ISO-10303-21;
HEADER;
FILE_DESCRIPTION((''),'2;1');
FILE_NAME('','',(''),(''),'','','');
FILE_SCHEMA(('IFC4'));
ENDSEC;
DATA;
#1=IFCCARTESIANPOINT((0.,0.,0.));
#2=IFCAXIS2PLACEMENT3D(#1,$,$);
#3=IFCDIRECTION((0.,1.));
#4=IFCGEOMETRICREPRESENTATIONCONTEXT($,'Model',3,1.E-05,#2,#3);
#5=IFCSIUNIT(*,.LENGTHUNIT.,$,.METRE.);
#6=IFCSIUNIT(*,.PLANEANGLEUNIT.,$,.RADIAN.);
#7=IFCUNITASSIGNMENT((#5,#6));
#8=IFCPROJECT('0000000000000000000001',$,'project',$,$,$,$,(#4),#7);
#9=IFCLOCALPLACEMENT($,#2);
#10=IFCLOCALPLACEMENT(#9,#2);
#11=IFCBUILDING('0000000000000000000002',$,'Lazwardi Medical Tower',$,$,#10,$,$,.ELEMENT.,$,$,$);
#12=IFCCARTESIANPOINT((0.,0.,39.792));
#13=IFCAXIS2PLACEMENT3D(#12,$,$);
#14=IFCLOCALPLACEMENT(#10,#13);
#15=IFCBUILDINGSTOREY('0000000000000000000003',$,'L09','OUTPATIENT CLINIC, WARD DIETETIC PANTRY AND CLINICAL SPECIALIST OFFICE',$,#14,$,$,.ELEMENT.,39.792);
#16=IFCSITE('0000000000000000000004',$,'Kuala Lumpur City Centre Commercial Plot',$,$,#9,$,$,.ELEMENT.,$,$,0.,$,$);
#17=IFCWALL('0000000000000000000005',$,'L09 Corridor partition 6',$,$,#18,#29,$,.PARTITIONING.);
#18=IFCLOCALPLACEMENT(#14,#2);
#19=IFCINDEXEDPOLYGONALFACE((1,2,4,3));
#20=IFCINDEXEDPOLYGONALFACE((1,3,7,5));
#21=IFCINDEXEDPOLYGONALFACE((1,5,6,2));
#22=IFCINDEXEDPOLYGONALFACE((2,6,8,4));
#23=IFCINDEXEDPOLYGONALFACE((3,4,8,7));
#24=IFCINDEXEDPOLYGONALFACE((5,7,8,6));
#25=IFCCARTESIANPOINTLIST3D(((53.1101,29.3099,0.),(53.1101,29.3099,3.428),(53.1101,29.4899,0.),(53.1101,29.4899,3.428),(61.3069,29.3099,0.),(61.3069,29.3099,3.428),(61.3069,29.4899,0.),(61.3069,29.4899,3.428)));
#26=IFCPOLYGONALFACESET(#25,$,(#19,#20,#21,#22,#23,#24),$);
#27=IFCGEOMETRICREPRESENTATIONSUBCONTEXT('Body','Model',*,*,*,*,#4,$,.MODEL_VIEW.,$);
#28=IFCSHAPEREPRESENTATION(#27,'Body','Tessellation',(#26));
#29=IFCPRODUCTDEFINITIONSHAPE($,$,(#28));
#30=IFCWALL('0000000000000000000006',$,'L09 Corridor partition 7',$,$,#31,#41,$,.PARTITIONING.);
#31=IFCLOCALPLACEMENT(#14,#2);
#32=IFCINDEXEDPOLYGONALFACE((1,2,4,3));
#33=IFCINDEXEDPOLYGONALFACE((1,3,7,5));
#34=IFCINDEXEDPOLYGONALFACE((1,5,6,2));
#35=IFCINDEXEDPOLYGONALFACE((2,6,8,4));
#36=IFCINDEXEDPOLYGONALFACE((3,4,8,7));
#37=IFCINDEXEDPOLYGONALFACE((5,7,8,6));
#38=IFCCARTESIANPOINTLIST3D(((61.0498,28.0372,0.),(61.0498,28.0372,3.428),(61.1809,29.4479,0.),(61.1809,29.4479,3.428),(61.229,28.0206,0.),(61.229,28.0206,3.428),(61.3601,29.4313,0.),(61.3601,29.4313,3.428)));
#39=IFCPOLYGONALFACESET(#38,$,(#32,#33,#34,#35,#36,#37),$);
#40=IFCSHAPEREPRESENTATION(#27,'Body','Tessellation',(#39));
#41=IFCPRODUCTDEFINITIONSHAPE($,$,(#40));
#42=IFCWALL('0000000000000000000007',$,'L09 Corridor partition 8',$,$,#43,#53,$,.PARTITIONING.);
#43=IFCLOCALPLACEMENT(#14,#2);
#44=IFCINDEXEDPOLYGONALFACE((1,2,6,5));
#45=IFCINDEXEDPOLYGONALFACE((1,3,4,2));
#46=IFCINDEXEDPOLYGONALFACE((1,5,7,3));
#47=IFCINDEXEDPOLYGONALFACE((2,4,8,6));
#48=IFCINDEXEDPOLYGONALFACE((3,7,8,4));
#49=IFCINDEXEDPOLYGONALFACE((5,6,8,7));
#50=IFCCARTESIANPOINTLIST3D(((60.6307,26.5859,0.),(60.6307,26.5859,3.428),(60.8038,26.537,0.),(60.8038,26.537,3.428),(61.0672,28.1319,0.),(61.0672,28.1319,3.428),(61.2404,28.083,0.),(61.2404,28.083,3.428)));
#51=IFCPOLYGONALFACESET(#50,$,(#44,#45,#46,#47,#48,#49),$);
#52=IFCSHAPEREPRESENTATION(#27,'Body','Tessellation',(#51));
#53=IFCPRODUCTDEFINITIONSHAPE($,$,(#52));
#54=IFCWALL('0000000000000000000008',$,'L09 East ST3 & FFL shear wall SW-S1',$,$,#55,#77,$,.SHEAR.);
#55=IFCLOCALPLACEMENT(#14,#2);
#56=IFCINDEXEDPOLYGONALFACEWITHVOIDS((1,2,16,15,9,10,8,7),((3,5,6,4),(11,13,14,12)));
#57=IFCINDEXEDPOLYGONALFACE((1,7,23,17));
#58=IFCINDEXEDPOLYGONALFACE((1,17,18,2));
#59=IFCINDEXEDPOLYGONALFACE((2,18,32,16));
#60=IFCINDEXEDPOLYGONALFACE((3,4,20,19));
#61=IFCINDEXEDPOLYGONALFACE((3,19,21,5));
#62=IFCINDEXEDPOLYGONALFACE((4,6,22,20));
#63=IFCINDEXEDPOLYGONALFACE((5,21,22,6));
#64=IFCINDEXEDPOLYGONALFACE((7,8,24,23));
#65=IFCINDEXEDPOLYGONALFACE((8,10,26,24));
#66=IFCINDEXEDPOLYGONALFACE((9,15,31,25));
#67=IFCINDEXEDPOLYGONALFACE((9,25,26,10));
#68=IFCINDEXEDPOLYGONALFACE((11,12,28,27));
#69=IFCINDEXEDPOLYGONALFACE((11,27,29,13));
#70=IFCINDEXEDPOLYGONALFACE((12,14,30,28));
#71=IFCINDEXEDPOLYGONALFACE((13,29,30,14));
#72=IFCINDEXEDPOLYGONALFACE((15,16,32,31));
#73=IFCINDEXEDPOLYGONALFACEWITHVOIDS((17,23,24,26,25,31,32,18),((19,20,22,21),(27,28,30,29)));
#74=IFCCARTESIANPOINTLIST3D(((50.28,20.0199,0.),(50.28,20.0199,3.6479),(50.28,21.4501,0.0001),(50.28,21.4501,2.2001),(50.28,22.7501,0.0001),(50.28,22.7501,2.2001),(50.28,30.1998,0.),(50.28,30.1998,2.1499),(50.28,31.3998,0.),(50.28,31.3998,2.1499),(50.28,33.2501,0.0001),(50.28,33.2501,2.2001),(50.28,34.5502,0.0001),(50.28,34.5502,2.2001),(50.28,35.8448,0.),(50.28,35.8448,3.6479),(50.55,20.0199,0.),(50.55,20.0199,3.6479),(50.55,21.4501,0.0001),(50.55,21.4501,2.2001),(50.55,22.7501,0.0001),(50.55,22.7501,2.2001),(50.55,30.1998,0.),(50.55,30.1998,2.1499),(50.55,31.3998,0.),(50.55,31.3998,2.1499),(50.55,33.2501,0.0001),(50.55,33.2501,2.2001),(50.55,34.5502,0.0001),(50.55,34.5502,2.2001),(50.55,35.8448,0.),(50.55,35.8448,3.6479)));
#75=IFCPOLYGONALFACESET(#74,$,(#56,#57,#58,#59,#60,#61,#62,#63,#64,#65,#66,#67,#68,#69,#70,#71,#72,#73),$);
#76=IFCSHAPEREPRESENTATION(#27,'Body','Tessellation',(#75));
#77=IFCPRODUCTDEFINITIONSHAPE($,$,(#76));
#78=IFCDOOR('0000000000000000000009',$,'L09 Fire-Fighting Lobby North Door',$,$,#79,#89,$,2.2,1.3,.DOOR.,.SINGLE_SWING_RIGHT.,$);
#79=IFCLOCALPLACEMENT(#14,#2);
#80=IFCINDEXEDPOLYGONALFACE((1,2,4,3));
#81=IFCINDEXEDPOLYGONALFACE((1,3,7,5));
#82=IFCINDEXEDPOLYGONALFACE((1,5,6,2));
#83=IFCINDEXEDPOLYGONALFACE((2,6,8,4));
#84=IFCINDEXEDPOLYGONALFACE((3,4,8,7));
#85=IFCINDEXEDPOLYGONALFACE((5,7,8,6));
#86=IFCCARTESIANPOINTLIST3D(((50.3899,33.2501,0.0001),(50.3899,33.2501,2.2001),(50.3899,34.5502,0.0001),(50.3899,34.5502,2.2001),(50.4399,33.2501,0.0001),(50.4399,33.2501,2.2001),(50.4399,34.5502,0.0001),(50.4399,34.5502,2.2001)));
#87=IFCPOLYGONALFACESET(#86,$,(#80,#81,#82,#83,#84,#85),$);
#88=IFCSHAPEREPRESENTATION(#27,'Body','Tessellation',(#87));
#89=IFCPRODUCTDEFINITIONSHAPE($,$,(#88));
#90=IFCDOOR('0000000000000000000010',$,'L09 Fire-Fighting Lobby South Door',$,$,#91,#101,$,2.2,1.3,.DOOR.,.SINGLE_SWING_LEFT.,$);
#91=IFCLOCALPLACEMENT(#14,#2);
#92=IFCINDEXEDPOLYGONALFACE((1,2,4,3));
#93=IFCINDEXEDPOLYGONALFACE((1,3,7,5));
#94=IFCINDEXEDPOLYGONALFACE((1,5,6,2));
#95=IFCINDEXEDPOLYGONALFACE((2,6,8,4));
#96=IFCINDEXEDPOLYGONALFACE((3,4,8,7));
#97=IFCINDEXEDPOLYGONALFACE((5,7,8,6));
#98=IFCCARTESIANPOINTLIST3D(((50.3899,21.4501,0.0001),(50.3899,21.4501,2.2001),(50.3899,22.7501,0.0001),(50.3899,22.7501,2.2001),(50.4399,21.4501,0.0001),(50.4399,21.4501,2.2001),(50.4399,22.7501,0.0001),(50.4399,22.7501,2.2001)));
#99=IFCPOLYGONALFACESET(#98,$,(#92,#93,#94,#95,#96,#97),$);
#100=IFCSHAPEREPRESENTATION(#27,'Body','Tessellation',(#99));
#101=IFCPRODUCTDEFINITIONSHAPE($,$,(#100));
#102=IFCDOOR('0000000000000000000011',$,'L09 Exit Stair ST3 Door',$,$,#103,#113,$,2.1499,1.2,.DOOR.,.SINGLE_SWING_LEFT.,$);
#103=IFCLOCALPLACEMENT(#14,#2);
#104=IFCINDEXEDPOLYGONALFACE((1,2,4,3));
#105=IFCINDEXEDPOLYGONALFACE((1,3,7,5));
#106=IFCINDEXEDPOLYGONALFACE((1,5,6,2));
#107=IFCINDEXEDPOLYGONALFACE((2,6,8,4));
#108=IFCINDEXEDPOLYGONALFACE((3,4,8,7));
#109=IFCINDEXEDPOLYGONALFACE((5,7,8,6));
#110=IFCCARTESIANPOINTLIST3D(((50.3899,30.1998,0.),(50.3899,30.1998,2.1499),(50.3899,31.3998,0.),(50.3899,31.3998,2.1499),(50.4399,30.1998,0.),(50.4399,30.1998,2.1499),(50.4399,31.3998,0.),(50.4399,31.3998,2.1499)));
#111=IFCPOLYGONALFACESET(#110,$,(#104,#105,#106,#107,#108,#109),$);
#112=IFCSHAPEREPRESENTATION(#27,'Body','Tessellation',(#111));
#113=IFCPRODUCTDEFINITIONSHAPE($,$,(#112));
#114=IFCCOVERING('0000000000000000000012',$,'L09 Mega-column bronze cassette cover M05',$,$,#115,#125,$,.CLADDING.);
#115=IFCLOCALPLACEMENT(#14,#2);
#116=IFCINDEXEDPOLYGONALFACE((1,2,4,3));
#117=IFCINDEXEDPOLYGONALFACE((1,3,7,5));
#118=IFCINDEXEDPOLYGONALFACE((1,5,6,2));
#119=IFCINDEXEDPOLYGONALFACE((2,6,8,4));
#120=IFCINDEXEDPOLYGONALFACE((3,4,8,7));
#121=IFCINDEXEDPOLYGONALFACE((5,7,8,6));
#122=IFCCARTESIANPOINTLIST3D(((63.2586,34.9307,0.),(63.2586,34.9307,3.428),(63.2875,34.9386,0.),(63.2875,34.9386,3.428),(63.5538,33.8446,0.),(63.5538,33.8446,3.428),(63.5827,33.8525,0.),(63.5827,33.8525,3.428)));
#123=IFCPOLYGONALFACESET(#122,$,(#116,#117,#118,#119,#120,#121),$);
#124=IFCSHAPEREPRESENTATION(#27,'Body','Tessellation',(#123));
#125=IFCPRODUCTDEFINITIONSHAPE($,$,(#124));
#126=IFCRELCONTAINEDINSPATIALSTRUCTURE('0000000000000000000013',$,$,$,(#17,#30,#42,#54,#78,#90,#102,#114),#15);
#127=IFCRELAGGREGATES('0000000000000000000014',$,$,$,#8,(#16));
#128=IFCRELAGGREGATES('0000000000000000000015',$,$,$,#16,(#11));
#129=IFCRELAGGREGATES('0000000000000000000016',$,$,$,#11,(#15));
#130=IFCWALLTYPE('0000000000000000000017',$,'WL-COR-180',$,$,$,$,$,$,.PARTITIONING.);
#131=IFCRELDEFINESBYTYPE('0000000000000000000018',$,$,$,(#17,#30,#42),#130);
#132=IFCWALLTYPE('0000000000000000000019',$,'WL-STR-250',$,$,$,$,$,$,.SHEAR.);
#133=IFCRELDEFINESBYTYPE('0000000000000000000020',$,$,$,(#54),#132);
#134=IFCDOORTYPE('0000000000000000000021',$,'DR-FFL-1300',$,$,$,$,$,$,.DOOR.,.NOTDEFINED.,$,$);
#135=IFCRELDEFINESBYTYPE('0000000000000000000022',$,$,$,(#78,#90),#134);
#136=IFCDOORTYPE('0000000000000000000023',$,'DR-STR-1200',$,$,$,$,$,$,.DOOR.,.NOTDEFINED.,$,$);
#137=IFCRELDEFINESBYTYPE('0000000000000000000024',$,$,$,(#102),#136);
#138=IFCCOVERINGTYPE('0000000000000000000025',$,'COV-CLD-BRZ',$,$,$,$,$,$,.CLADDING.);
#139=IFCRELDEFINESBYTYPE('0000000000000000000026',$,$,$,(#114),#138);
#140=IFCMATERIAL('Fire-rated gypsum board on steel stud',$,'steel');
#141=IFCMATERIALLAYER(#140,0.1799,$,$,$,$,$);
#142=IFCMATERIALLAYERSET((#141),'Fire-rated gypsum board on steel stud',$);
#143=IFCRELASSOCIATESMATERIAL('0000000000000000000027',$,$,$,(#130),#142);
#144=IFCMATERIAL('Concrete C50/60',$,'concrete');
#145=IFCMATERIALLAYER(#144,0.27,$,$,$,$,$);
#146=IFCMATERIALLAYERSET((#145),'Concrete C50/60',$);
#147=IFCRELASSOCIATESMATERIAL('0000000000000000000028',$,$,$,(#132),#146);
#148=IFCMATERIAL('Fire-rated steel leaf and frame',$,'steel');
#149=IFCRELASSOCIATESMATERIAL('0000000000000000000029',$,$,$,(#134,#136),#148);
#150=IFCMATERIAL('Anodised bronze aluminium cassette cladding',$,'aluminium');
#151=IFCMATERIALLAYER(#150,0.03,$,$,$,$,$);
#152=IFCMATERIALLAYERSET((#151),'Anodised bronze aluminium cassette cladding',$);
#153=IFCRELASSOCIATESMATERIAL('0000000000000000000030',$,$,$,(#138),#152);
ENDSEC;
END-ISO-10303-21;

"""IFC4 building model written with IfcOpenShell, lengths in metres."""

from ifc_helpers import new_model, si_unit, direction, frame, frame_2d, origin, origin_2d, place, context, subcontext, project, spatial, rectangle, extrude, material, layer, layer_set, type_object, element, fill, save


model = new_model("IFC4")

# Units and contexts
model_context = context("Model", 3, precision=1e-05, world=origin(), true_north=direction((0.0, 1.0)))
body_context = subcontext(model_context, "Body", "Model", "MODEL_VIEW")
ifc_project = project(units=[si_unit("LENGTHUNIT", "METRE"), si_unit("PLANEANGLEUNIT", "RADIAN")], contexts=[model_context])

# Site, building, storey
site_placement = place(None, origin())
site = spatial("IfcSite", under=ifc_project, at=site_placement, Name="Kuala Lumpur City Centre Commercial Plot", CompositionType="ELEMENT", RefElevation=0.0)
building_placement = place(site_placement, origin())
building = spatial("IfcBuilding", under=site, at=building_placement, Name="Lazwardi Medical Tower", CompositionType="ELEMENT")
storey_placement = place(building_placement, frame((0.0, 0.0, 39.792)))
storey = spatial("IfcBuildingStorey", under=building, at=storey_placement, Name="L09", Description="OUTPATIENT CLINIC, WARD DIETETIC PANTRY AND CLINICAL SPECIALIST OFFICE", CompositionType="ELEMENT", Elevation=39.792)

# Walls
ifc_material_1 = material(Name="Fire-rated gypsum board on steel stud", Category="steel")
ifc_layer_1 = layer(ifc_material_1, 0.1799)
ifc_layer_set_1 = layer_set([ifc_layer_1], Name="Fire-rated gypsum board on steel stud")
wall_type_1 = type_object("IfcWallType", Name="WL-COR-180", PredefinedType="PARTITIONING", material=ifc_layer_set_1)
wall_1_placement = place(storey_placement, frame((53.1101, 29.3999, 0.0), z_axis=(0.0, 0.0, 1.0), x_axis=(1.0, 0.0, 0.0)))
element("IfcWall", 1, at=wall_1_placement, inside=storey, type_object=wall_type_1, Name="L09 Corridor partition 6", PredefinedType="PARTITIONING", context=body_context, shape_type="SweptSolid", body=[
    extrude(rectangle(XDim=8.1968, YDim=0.1799, at=frame_2d((4.0984, 0.0))), origin(), (0.0, 0.0, 1.0), 3.428),
])
wall_2_placement = place(storey_placement, frame((61.2705, 29.4397, 0.0), z_axis=(0.0, 0.0, 1.0), x_axis=(-0.09254, -0.995709, 0.0)))
element("IfcWall", 2, at=wall_2_placement, inside=storey, type_object=wall_type_1, Name="L09 Corridor partition 7", PredefinedType="PARTITIONING", context=body_context, shape_type="SweptSolid", body=[
    extrude(rectangle(XDim=1.4167, YDim=0.1799, at=frame_2d((0.7085, 0.0))), origin(), (0.0, 0.0, 1.0), 3.428),
])
wall_3_placement = place(storey_placement, frame((61.1538, 28.1074, 0.0), z_axis=(0.0, 0.0, 1.0), x_axis=(-0.271749, -0.962368, 0.0)))
element("IfcWall", 3, at=wall_3_placement, inside=storey, type_object=wall_type_1, Name="L09 Corridor partition 8", PredefinedType="PARTITIONING", context=body_context, shape_type="SweptSolid", body=[
    extrude(rectangle(XDim=1.6064, YDim=0.1799, at=frame_2d((0.8032, 0.0))), origin(), (0.0, 0.0, 1.0), 3.428),
])

# Wall, openings, doors
ifc_material_2 = material(Name="Concrete C50/60", Category="concrete")
ifc_layer_2 = layer(ifc_material_2, 0.27)
ifc_layer_set_2 = layer_set([ifc_layer_2], Name="Concrete C50/60")
wall_type_2 = type_object("IfcWallType", Name="WL-STR-250", PredefinedType="SHEAR", material=ifc_layer_set_2)
wall_4_placement = place(storey_placement, frame((50.415, 35.845, 0.0), z_axis=(0.0, 0.0, 1.0), x_axis=(0.0, -1.0, 0.0)))
wall_4 = element("IfcWall", 4, at=wall_4_placement, inside=storey, type_object=wall_type_2, Name="L09 East ST3 & FFL shear wall SW-S1", PredefinedType="SHEAR", context=body_context, shape_type="SweptSolid", body=[
    extrude(rectangle(XDim=15.825, YDim=0.27, at=frame_2d((7.9126, 0.0))), origin(), (0.0, 0.0, 1.0), 3.6479),
])
opening_1_placement = place(wall_4_placement, frame((4.4451, 0.0, 0.0)))
opening_1 = element("IfcOpeningElement", 5, at=opening_1_placement, cuts=wall_4, PredefinedType="OPENING", context=body_context, shape_type="SweptSolid", body=[
    extrude(rectangle(XDim=1.2, YDim=2.1499, at=frame_2d((0.6001, 1.075))), frame((0.0, 0.145, 0.0), z_axis=(0.0, -1.0, 0.0), x_axis=(1.0, 0.0, 0.0)), (0.0, 0.0, 1.0), 0.29),
])
opening_2_placement = place(wall_4_placement, frame((1.2949, 0.0, 0.0)))
opening_2 = element("IfcOpeningElement", 6, at=opening_2_placement, cuts=wall_4, PredefinedType="OPENING", context=body_context, shape_type="SweptSolid", body=[
    extrude(rectangle(XDim=1.3, YDim=2.2, at=frame_2d((0.6499, 1.1001))), frame((0.0, 0.145, 0.0), z_axis=(0.0, -1.0, 0.0), x_axis=(1.0, 0.0, 0.0)), (0.0, 0.0, 1.0), 0.29),
])
opening_3_placement = place(wall_4_placement, frame((13.095, 0.0, 0.0)))
opening_3 = element("IfcOpeningElement", 7, at=opening_3_placement, cuts=wall_4, PredefinedType="OPENING", context=body_context, shape_type="SweptSolid", body=[
    extrude(rectangle(XDim=1.3, YDim=2.2, at=frame_2d((0.6499, 1.1001))), frame((0.0, 0.145, 0.0), z_axis=(0.0, -1.0, 0.0), x_axis=(1.0, 0.0, 0.0)), (0.0, 0.0, 1.0), 0.29),
])
ifc_material_3 = material(Name="Fire-rated steel leaf and frame", Category="steel")
door_type_1 = type_object("IfcDoorType", Name="DR-FFL-1300", OperationType="NOTDEFINED", PredefinedType="DOOR", material=ifc_material_3)
door_1_placement = place(opening_2_placement, origin())
door_1 = element("IfcDoor", 8, at=door_1_placement, inside=storey, type_object=door_type_1, Name="L09 Fire-Fighting Lobby North Door", OperationType="SINGLE_SWING_RIGHT", OverallHeight=2.2, OverallWidth=1.3, PredefinedType="DOOR", context=body_context, shape_type="SweptSolid", body=[
    extrude(rectangle(XDim=1.3, YDim=2.2, at=frame_2d((0.6499, 1.1001))), frame((0.0, 0.0249, 0.0), z_axis=(0.0, -1.0, 0.0), x_axis=(1.0, 0.0, 0.0)), (0.0, 0.0, 1.0), 0.05),
])
fill(opening_2, door_1)
door_2_placement = place(opening_3_placement, origin())
door_2 = element("IfcDoor", 9, at=door_2_placement, inside=storey, type_object=door_type_1, Name="L09 Fire-Fighting Lobby South Door", OperationType="SINGLE_SWING_LEFT", OverallHeight=2.2, OverallWidth=1.3, PredefinedType="DOOR", context=body_context, shape_type="SweptSolid", body=[
    extrude(rectangle(XDim=1.3, YDim=2.2, at=frame_2d((0.6499, 1.1001))), frame((0.0, 0.0249, 0.0), z_axis=(0.0, -1.0, 0.0), x_axis=(1.0, 0.0, 0.0)), (0.0, 0.0, 1.0), 0.05),
])
fill(opening_3, door_2)
door_type_2 = type_object("IfcDoorType", Name="DR-STR-1200", OperationType="NOTDEFINED", PredefinedType="DOOR", material=ifc_material_3)
door_3_placement = place(opening_1_placement, origin())
door_3 = element("IfcDoor", 10, at=door_3_placement, inside=storey, type_object=door_type_2, Name="L09 Exit Stair ST3 Door", OperationType="SINGLE_SWING_LEFT", OverallHeight=2.1499, OverallWidth=1.2, PredefinedType="DOOR", context=body_context, shape_type="SweptSolid", body=[
    extrude(rectangle(XDim=1.2, YDim=2.1499, at=frame_2d((0.6001, 1.075))), frame((0.0, 0.0249, 0.0), z_axis=(0.0, -1.0, 0.0), x_axis=(1.0, 0.0, 0.0)), (0.0, 0.0, 1.0), 0.05),
])
fill(opening_1, door_3)

# Covering
ifc_material_4 = material(Name="Anodised bronze aluminium cassette cladding", Category="aluminium")
ifc_layer_3 = layer(ifc_material_4, 0.03)
ifc_layer_set_3 = layer_set([ifc_layer_3], Name="Anodised bronze aluminium cassette cladding")
covering_type = type_object("IfcCoveringType", Name="COV-CLD-BRZ", PredefinedType="CLADDING", material=ifc_layer_set_3)
covering_placement = place(storey_placement, frame((63.4207, 34.3916, 0.0), z_axis=(0.0, 0.0, 1.0), x_axis=(-0.262283, 0.964991, 0.0)))
element("IfcCovering", 11, at=covering_placement, inside=storey, type_object=covering_type, Name="L09 Mega-column bronze cassette cover M05", PredefinedType="CLADDING", context=body_context, shape_type="SweptSolid", body=[
    extrude(rectangle(XDim=1.1255, YDim=0.03, at=origin_2d()), origin(), (0.0, 0.0, 1.0), 3.428),
])

save(model, "model.ifc")
